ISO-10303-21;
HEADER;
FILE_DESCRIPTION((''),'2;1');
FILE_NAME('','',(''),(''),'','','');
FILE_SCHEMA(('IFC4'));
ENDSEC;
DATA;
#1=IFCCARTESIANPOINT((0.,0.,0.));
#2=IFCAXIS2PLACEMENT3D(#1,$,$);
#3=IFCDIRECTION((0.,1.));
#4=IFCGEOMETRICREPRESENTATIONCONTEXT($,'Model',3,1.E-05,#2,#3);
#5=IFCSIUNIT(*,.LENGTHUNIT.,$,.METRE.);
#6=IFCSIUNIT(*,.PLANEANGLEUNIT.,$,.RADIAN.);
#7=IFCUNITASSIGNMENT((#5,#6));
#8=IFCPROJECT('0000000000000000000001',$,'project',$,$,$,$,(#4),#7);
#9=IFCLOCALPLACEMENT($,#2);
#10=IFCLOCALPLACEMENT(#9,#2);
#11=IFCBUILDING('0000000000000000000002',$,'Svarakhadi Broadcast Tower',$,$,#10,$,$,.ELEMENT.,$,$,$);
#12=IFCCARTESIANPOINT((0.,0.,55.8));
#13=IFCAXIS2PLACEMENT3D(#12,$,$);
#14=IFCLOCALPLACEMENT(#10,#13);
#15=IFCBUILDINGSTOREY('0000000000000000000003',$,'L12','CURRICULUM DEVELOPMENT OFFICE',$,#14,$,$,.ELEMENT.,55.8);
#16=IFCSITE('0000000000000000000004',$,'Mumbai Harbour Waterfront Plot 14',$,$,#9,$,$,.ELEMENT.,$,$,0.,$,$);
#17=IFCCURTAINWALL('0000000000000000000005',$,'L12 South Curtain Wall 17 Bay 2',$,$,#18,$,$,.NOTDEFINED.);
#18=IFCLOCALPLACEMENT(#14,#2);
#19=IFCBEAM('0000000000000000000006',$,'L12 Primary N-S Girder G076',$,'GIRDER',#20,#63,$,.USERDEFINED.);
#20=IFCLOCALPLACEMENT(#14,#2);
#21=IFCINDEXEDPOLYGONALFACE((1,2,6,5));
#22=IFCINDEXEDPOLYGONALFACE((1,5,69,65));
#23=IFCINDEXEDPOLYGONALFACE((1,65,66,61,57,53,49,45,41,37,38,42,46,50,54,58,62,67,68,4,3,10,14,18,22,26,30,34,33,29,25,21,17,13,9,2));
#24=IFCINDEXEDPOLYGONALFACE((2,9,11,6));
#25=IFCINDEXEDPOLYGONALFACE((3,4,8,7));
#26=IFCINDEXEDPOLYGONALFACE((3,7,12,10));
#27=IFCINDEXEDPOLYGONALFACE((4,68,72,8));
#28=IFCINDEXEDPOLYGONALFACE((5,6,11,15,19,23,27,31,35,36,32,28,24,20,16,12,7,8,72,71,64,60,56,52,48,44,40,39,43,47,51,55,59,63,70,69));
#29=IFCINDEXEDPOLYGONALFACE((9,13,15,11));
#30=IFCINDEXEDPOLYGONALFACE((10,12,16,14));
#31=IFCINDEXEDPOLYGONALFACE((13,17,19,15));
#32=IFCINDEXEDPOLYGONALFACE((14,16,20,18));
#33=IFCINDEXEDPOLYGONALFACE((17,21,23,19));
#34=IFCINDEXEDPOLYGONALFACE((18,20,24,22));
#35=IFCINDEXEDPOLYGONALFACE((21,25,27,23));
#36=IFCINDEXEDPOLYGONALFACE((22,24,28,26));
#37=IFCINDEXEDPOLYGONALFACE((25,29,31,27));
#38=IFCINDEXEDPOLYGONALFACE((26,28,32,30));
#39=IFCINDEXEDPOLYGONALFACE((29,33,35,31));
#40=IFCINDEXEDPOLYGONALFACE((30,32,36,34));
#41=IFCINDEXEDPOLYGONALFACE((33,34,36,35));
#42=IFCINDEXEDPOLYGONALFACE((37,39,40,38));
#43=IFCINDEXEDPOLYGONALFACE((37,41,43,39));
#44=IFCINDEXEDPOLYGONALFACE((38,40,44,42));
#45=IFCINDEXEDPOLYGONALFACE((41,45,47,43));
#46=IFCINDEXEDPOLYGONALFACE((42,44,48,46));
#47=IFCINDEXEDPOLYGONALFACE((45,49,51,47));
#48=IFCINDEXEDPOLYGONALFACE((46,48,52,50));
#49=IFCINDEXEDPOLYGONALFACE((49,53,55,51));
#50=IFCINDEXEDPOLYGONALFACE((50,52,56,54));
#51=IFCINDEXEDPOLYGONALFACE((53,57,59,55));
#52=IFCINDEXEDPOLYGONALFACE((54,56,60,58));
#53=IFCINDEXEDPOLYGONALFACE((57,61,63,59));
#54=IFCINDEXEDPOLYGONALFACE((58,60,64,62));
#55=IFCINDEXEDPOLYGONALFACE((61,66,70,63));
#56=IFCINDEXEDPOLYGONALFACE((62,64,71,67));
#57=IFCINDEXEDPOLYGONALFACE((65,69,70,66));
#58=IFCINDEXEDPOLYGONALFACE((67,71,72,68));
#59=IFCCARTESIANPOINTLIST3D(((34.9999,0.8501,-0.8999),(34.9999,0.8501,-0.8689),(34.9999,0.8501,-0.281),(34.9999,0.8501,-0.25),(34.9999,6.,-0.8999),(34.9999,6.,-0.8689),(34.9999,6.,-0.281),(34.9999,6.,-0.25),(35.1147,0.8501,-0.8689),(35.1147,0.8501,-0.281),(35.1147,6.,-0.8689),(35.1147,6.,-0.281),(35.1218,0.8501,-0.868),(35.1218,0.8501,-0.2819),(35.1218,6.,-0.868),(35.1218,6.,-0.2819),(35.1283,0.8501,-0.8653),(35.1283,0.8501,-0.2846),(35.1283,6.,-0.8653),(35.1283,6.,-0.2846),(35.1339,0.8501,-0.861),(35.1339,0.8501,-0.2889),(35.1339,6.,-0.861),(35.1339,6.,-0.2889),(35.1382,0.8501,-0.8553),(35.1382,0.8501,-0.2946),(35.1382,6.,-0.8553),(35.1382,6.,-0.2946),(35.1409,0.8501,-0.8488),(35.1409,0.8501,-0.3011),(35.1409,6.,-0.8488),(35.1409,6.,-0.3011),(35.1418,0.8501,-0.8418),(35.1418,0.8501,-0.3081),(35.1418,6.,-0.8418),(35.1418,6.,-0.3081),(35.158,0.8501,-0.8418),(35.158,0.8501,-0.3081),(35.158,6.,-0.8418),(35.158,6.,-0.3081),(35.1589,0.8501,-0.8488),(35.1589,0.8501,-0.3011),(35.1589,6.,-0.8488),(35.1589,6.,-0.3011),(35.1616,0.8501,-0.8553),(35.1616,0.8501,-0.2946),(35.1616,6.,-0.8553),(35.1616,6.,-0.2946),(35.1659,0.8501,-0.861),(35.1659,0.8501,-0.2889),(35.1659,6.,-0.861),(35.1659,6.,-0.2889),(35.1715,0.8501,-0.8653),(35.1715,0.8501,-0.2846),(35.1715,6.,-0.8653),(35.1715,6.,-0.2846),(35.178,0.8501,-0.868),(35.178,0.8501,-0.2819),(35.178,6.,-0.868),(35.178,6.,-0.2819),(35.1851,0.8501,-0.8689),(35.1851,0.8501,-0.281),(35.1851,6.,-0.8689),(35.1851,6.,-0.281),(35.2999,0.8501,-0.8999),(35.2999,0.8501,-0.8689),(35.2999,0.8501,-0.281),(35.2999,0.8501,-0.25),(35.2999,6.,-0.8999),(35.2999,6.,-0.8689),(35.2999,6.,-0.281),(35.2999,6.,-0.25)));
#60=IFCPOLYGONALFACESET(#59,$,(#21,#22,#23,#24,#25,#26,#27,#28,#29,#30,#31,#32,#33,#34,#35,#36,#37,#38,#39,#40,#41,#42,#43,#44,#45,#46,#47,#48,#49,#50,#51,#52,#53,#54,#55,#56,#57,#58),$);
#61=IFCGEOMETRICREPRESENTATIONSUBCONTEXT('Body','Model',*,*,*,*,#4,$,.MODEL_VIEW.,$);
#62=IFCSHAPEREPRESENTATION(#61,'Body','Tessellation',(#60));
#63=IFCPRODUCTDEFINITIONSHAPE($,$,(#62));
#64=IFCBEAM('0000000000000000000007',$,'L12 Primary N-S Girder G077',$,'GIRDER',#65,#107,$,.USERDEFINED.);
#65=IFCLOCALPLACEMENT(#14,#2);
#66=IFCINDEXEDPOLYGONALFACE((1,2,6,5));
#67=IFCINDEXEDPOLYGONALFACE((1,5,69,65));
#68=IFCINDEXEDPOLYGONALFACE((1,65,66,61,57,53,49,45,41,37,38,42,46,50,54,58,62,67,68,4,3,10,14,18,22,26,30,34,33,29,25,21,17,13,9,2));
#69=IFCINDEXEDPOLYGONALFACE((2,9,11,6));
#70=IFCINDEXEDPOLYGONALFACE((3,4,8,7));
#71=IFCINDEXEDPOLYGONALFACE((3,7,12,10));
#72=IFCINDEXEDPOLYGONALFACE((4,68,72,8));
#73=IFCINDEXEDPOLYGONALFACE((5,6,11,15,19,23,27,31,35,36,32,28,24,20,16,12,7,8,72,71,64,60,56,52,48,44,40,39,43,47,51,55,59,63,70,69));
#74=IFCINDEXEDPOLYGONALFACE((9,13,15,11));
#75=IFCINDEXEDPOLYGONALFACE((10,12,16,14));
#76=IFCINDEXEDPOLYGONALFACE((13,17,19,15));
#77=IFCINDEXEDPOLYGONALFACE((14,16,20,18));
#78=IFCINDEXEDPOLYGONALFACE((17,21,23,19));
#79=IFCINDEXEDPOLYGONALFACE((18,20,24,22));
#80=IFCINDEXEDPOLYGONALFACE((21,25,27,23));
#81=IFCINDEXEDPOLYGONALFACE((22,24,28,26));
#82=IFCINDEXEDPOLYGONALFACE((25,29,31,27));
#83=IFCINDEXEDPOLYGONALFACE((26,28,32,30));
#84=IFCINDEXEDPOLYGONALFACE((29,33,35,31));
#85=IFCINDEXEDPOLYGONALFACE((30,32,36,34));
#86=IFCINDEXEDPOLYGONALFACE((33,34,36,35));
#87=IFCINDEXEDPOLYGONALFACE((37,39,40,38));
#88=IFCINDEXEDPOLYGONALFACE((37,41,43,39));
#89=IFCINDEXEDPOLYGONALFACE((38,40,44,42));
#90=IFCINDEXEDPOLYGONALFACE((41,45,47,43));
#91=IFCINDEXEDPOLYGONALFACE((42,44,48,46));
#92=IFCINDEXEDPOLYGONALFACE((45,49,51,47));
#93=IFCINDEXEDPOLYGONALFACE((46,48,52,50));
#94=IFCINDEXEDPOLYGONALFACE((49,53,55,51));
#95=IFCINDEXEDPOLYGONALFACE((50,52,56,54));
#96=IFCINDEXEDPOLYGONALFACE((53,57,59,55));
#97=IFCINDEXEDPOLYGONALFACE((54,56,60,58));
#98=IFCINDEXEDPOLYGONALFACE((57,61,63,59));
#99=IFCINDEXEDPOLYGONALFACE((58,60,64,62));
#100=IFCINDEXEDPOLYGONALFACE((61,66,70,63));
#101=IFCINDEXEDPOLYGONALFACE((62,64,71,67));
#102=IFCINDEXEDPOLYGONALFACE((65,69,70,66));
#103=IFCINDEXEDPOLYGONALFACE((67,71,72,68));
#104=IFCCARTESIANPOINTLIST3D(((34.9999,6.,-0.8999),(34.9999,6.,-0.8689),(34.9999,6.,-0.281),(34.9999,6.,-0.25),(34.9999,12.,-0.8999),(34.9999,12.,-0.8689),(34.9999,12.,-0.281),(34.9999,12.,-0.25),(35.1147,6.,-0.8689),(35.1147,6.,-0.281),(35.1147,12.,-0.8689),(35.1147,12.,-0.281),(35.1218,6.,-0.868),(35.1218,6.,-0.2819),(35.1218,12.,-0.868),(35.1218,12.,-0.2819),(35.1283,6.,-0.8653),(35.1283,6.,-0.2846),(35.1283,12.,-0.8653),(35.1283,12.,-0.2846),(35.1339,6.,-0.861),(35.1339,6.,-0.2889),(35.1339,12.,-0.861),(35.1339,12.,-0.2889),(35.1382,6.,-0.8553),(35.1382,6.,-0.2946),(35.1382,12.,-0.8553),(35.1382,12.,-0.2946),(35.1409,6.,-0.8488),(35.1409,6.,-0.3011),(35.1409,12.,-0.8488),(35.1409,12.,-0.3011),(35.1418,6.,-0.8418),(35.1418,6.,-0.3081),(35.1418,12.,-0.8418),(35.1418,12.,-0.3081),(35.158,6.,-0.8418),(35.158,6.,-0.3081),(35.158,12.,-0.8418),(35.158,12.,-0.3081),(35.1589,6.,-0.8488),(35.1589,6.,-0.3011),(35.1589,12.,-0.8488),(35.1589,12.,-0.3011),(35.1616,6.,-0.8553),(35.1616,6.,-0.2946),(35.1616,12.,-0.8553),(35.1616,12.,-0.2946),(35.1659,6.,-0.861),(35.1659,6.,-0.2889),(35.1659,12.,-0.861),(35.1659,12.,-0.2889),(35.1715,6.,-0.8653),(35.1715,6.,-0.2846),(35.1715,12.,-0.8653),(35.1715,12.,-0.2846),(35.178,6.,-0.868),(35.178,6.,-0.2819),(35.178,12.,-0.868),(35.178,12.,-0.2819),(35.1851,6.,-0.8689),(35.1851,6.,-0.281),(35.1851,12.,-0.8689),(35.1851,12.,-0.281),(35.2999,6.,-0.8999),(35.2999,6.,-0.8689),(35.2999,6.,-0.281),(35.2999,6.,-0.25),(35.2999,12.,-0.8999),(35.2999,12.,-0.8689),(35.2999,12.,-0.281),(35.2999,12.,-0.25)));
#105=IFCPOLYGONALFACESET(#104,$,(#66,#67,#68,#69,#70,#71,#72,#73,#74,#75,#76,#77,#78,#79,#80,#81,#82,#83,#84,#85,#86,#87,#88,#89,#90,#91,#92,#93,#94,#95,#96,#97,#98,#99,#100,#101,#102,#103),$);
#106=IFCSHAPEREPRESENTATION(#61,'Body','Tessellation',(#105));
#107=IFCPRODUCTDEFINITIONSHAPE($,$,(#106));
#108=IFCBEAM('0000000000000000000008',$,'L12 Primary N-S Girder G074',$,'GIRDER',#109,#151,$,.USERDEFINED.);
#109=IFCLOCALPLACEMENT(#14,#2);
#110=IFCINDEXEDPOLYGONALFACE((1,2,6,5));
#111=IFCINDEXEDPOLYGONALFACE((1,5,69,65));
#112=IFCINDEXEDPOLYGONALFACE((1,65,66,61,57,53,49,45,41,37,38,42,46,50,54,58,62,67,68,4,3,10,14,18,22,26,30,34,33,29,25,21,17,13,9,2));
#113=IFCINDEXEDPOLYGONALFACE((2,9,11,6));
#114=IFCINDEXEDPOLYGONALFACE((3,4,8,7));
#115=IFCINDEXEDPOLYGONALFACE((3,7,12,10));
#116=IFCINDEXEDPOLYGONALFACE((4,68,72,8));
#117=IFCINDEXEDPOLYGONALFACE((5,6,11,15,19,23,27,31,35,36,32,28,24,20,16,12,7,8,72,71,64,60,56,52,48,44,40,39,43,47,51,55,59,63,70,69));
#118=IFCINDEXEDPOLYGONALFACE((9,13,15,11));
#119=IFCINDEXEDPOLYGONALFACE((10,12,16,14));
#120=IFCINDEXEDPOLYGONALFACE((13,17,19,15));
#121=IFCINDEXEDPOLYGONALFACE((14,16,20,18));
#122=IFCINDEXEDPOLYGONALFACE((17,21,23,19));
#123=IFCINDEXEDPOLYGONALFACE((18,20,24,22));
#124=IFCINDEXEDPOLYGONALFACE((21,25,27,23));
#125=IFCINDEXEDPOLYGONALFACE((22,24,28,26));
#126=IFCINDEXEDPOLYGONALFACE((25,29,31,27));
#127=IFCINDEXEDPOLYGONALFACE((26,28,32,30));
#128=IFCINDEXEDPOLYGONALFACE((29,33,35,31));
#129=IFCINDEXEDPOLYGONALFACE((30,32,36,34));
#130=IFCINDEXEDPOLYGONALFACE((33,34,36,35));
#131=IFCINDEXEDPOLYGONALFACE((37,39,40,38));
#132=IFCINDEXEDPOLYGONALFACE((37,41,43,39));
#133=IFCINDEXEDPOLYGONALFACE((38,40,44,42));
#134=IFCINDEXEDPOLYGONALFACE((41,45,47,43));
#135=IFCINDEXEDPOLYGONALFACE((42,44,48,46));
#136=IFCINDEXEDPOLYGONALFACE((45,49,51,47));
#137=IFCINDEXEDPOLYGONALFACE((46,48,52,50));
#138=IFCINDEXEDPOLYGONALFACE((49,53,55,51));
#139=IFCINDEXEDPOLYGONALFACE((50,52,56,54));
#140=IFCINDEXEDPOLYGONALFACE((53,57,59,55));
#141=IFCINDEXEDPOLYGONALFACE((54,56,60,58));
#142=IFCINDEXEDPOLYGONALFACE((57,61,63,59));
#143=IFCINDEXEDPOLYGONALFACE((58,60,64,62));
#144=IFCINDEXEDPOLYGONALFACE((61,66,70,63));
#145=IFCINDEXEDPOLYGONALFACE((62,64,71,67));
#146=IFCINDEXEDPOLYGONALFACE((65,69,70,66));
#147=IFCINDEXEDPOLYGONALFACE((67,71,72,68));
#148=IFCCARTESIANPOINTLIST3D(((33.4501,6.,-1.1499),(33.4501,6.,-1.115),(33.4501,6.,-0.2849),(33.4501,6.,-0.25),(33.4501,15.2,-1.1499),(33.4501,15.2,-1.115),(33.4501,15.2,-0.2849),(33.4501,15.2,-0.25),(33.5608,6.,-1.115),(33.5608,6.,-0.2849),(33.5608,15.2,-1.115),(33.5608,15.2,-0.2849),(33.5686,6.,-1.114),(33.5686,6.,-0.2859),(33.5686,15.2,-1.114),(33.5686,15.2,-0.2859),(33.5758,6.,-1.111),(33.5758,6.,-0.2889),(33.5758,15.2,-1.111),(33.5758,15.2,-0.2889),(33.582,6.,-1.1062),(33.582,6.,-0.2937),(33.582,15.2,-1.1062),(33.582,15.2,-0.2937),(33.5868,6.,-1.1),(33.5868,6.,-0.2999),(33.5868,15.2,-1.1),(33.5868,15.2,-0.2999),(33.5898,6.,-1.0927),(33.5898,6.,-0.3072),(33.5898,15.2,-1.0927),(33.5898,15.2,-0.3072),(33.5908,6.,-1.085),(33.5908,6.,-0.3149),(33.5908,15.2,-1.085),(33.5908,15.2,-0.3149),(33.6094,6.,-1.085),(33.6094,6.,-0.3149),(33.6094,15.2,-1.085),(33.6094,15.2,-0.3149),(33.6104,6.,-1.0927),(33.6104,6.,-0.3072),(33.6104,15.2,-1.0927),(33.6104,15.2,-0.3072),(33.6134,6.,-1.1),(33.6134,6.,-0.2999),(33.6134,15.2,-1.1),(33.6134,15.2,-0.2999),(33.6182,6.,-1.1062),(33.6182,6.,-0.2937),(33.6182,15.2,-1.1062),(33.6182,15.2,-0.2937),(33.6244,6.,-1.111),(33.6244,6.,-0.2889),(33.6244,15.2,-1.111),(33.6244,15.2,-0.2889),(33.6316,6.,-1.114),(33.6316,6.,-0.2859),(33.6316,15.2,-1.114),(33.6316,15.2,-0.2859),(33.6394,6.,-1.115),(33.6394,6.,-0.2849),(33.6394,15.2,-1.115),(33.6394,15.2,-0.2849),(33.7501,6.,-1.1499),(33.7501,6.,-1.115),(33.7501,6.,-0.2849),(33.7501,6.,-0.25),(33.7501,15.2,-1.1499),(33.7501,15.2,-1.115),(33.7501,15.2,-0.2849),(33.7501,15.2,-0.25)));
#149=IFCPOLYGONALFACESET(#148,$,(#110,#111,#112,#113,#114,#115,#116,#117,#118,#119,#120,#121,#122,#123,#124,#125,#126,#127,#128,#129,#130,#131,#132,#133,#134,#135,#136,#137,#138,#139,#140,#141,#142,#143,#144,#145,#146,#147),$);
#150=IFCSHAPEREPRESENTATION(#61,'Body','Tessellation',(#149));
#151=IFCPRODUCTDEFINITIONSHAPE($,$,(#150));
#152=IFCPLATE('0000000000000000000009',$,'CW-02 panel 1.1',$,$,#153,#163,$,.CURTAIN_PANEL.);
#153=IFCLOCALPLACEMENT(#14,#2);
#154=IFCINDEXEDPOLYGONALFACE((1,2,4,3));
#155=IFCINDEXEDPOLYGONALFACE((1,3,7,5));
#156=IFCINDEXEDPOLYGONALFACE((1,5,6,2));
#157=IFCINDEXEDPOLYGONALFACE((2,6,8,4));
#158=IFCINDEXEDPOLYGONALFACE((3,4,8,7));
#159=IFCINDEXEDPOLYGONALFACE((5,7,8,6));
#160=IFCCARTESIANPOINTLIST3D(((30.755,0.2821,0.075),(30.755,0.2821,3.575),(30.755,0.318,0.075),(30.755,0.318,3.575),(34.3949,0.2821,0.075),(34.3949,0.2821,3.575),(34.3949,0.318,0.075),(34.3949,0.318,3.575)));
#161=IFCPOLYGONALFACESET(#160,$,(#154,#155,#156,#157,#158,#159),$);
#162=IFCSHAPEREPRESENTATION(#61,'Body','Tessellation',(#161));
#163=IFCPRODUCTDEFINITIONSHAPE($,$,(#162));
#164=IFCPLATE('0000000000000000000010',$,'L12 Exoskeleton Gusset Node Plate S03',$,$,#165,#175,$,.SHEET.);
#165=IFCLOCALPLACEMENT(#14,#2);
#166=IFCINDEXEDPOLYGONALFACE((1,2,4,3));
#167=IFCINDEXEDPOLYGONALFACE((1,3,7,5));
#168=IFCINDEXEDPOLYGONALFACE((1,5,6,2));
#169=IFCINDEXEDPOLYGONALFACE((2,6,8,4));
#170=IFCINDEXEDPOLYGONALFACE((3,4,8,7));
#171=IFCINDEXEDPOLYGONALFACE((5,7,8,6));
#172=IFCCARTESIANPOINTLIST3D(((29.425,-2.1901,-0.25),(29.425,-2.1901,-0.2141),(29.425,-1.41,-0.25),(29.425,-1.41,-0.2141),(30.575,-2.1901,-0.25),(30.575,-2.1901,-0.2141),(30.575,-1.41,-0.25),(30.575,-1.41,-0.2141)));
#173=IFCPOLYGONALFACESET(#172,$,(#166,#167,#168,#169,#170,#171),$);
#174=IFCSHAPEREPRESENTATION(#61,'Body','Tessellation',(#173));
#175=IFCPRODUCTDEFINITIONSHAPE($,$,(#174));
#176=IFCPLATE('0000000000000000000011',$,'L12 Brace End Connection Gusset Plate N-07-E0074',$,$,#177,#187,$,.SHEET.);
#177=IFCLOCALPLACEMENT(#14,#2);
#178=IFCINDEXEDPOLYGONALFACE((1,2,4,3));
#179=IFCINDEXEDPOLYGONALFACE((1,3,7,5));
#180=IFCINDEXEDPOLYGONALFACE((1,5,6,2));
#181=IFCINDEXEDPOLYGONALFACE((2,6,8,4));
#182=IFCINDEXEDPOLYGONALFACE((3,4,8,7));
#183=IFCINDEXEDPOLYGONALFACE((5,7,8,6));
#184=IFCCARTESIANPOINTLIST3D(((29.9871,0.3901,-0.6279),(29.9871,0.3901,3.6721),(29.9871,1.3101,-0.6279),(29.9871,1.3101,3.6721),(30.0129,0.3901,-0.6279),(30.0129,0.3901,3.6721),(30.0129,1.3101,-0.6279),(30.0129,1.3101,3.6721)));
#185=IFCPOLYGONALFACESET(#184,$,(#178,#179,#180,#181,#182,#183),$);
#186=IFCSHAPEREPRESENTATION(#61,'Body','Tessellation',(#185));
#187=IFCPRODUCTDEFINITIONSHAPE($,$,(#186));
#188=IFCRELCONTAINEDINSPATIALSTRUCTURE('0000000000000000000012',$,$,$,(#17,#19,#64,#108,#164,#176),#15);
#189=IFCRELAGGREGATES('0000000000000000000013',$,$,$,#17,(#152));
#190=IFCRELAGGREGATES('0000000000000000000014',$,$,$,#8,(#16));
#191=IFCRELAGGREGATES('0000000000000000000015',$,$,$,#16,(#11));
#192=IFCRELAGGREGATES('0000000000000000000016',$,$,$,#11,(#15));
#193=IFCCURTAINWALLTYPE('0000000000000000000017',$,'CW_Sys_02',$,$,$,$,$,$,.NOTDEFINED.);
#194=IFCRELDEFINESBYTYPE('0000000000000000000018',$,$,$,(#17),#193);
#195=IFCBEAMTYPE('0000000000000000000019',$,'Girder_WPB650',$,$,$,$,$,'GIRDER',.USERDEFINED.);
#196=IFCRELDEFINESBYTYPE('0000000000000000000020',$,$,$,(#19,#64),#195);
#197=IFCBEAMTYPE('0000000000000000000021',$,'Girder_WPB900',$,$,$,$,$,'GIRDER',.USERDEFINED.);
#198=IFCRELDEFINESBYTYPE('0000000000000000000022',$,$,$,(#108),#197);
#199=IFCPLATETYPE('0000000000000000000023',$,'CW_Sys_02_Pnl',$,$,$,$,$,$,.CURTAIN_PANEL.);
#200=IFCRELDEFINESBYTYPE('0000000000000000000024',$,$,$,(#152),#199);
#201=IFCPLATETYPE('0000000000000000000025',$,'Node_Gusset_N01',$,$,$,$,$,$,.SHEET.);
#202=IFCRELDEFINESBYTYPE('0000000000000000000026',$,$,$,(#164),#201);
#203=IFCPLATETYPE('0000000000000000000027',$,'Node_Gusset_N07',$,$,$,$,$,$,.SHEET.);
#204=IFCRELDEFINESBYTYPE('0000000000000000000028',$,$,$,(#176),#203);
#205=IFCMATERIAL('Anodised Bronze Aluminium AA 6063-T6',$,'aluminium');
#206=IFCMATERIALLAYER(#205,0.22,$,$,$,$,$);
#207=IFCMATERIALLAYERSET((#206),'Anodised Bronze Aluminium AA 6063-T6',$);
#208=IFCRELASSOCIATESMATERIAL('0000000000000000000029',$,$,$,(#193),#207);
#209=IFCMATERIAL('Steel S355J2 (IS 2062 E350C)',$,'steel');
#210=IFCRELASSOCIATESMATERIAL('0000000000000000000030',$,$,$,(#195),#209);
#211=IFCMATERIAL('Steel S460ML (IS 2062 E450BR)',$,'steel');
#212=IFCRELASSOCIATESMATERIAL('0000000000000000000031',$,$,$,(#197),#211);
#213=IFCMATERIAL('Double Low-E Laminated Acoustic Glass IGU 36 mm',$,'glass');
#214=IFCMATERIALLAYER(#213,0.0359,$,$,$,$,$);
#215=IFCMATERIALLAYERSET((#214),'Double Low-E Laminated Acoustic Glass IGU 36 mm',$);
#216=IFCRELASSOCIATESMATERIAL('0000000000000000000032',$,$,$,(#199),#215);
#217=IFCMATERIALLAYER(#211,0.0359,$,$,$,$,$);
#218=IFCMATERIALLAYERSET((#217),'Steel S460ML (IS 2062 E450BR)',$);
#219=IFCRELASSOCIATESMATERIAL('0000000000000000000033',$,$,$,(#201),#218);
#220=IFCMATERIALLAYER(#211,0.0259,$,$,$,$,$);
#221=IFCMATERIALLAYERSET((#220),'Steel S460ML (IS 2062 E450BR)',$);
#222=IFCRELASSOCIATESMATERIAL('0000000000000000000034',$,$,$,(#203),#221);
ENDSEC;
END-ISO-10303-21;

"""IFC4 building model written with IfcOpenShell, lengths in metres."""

from ifc_helpers import new_model, si_unit, direction, frame, origin, origin_2d, place, context, subcontext, project, spatial, rectangle, i_section, extrude, material, layer, layer_set, material_profile, profile_set, type_object, element, aggregate, save


model = new_model("IFC4")

# Units and contexts
model_context = context("Model", 3, precision=1e-05, world=origin(), true_north=direction((0.0, 1.0)))
body_context = subcontext(model_context, "Body", "Model", "MODEL_VIEW")
ifc_project = project(units=[si_unit("LENGTHUNIT", "METRE"), si_unit("PLANEANGLEUNIT", "RADIAN")], contexts=[model_context])

# Site, building, storey
site_placement = place(None, origin())
site = spatial("IfcSite", under=ifc_project, at=site_placement, Name="Mumbai Harbour Waterfront Plot 14", CompositionType="ELEMENT", RefElevation=0.0)
building_placement = place(site_placement, origin())
building = spatial("IfcBuilding", under=site, at=building_placement, Name="Svarakhadi Broadcast Tower", CompositionType="ELEMENT")
storey_placement = place(building_placement, frame((0.0, 0.0, 55.8)))
storey = spatial("IfcBuildingStorey", under=building, at=storey_placement, Name="L12", Description="CURRICULUM DEVELOPMENT OFFICE", CompositionType="ELEMENT", Elevation=55.8)

# Shared definitions
ifc_material_1 = material(Name="Steel S460ML (IS 2062 E450BR)", Category="steel")

# Curtain wall
ifc_material_2 = material(Name="Anodised Bronze Aluminium AA 6063-T6", Category="aluminium")
ifc_layer_1 = layer(ifc_material_2, 0.22)
ifc_layer_set_1 = layer_set([ifc_layer_1], Name="Anodised Bronze Aluminium AA 6063-T6")
curtain_wall_type = type_object("IfcCurtainWallType", Name="CW_Sys_02", PredefinedType="NOTDEFINED", material=ifc_layer_set_1)
curtain_wall_1_placement = place(storey_placement, origin())
curtain_wall_1 = element("IfcCurtainWall", 1, at=curtain_wall_1_placement, inside=storey, type_object=curtain_wall_type, Name="L12 South Curtain Wall 17 Bay 2", PredefinedType="NOTDEFINED")

# Beams
ifc_material_3 = material(Name="Steel S355J2 (IS 2062 E350C)", Category="steel")
ifc_material_profile_1 = material_profile(ifc_material_3, i_section(OverallWidth=0.3, OverallDepth=0.6499, WebThickness=0.0161, FlangeThickness=0.031, FilletRadius=0.0271, at=origin_2d()), Name="WPB 650x300x225")
ifc_profile_set_1 = profile_set([ifc_material_profile_1], Name="Steel S355J2 (IS 2062 E350C)")
beam_type_1 = type_object("IfcBeamType", Name="Girder_WPB650", ElementType="GIRDER", PredefinedType="USERDEFINED", material=ifc_profile_set_1)
beam_1_placement = place(storey_placement, frame((35.1499, 0.8501, -0.575), z_axis=(0.0, 1.0, 0.0), x_axis=(-1.0, 0.0, 0.0)))
element("IfcBeam", 2, at=beam_1_placement, inside=storey, type_object=beam_type_1, Name="L12 Primary N-S Girder G076", ObjectType="GIRDER", PredefinedType="USERDEFINED", context=body_context, shape_type="SweptSolid", body=[
    extrude(i_section(OverallWidth=0.3, OverallDepth=0.6499, WebThickness=0.0161, FlangeThickness=0.031, FilletRadius=0.0271, at=origin_2d()), origin(), (0.0, 0.0, 1.0), 5.1499),
])
beam_2_placement = place(storey_placement, frame((35.1499, 6.0, -0.575), z_axis=(0.0, 1.0, 0.0), x_axis=(-1.0, 0.0, 0.0)))
element("IfcBeam", 3, at=beam_2_placement, inside=storey, type_object=beam_type_1, Name="L12 Primary N-S Girder G077", ObjectType="GIRDER", PredefinedType="USERDEFINED", context=body_context, shape_type="SweptSolid", body=[
    extrude(i_section(OverallWidth=0.3, OverallDepth=0.6499, WebThickness=0.0161, FlangeThickness=0.031, FilletRadius=0.0271, at=origin_2d()), origin(), (0.0, 0.0, 1.0), 6.0),
])
ifc_material_profile_2 = material_profile(ifc_material_1, i_section(OverallWidth=0.3, OverallDepth=0.8999, WebThickness=0.0186, FlangeThickness=0.0349, FilletRadius=0.03, at=origin_2d()), Name="WPB 900x300x291")
ifc_profile_set_2 = profile_set([ifc_material_profile_2], Name="Steel S460ML (IS 2062 E450BR)")
beam_type_2 = type_object("IfcBeamType", Name="Girder_WPB900", ElementType="GIRDER", PredefinedType="USERDEFINED", material=ifc_profile_set_2)
beam_3_placement = place(storey_placement, frame((33.6001, 6.0, -0.7), z_axis=(0.0, 1.0, 0.0), x_axis=(-1.0, 0.0, 0.0)))
element("IfcBeam", 4, at=beam_3_placement, inside=storey, type_object=beam_type_2, Name="L12 Primary N-S Girder G074", ObjectType="GIRDER", PredefinedType="USERDEFINED", context=body_context, shape_type="SweptSolid", body=[
    extrude(i_section(OverallWidth=0.3, OverallDepth=0.8999, WebThickness=0.0186, FlangeThickness=0.0349, FilletRadius=0.03, at=origin_2d()), origin(), (0.0, 0.0, 1.0), 9.2),
])

# Plate
ifc_material_4 = material(Name="Double Low-E Laminated Acoustic Glass IGU 36 mm", Category="glass")
ifc_layer_2 = layer(ifc_material_4, 0.0359)
ifc_layer_set_2 = layer_set([ifc_layer_2], Name="Double Low-E Laminated Acoustic Glass IGU 36 mm")
plate_type_1 = type_object("IfcPlateType", Name="CW_Sys_02_Pnl", PredefinedType="CURTAIN_PANEL", material=ifc_layer_set_2)
plate_1_placement = place(storey_placement, frame((32.575, 0.3, 0.075), z_axis=(0.0, 0.0, 1.0), x_axis=(-1.0, 0.0, 0.0)))
plate_1 = element("IfcPlate", 5, at=plate_1_placement, type_object=plate_type_1, Name="CW-02 panel 1.1", PredefinedType="CURTAIN_PANEL", context=body_context, shape_type="SweptSolid", body=[
    extrude(rectangle(XDim=3.6399, YDim=0.0359, at=origin_2d()), origin(), (0.0, 0.0, 1.0), 3.5),
])
aggregate(curtain_wall_1, [plate_1])

# Plates
ifc_layer_3 = layer(ifc_material_1, 0.0359)
ifc_layer_set_3 = layer_set([ifc_layer_3], Name="Steel S460ML (IS 2062 E450BR)")
plate_type_2 = type_object("IfcPlateType", Name="Node_Gusset_N01", PredefinedType="SHEET", material=ifc_layer_set_3)
plate_2_placement = place(storey_placement, frame((30.0, -1.8, -0.25), z_axis=(0.0, 0.0, 1.0), x_axis=(1.0, 0.0, 0.0)))
element("IfcPlate", 6, at=plate_2_placement, inside=storey, type_object=plate_type_2, Name="L12 Exoskeleton Gusset Node Plate S03", PredefinedType="SHEET", context=body_context, shape_type="SweptSolid", body=[
    extrude(rectangle(XDim=1.1499, YDim=0.78, at=origin_2d()), origin(), (0.0, 0.0, 1.0), 0.0359),
])
ifc_layer_4 = layer(ifc_material_1, 0.0259)
ifc_layer_set_4 = layer_set([ifc_layer_4], Name="Steel S460ML (IS 2062 E450BR)")
plate_type_3 = type_object("IfcPlateType", Name="Node_Gusset_N07", PredefinedType="SHEET", material=ifc_layer_set_4)
plate_3_placement = place(storey_placement, frame((30.0, 0.8501, -0.6279), z_axis=(0.0, 0.0, 1.0), x_axis=(0.0, 1.0, 0.0)))
element("IfcPlate", 7, at=plate_3_placement, inside=storey, type_object=plate_type_3, Name="L12 Brace End Connection Gusset Plate N-07-E0074", PredefinedType="SHEET", context=body_context, shape_type="SweptSolid", body=[
    extrude(rectangle(XDim=0.9199, YDim=0.0259, at=origin_2d()), origin(), (0.0, 0.0, 1.0), 4.3),
])

save(model, "model.ifc")
